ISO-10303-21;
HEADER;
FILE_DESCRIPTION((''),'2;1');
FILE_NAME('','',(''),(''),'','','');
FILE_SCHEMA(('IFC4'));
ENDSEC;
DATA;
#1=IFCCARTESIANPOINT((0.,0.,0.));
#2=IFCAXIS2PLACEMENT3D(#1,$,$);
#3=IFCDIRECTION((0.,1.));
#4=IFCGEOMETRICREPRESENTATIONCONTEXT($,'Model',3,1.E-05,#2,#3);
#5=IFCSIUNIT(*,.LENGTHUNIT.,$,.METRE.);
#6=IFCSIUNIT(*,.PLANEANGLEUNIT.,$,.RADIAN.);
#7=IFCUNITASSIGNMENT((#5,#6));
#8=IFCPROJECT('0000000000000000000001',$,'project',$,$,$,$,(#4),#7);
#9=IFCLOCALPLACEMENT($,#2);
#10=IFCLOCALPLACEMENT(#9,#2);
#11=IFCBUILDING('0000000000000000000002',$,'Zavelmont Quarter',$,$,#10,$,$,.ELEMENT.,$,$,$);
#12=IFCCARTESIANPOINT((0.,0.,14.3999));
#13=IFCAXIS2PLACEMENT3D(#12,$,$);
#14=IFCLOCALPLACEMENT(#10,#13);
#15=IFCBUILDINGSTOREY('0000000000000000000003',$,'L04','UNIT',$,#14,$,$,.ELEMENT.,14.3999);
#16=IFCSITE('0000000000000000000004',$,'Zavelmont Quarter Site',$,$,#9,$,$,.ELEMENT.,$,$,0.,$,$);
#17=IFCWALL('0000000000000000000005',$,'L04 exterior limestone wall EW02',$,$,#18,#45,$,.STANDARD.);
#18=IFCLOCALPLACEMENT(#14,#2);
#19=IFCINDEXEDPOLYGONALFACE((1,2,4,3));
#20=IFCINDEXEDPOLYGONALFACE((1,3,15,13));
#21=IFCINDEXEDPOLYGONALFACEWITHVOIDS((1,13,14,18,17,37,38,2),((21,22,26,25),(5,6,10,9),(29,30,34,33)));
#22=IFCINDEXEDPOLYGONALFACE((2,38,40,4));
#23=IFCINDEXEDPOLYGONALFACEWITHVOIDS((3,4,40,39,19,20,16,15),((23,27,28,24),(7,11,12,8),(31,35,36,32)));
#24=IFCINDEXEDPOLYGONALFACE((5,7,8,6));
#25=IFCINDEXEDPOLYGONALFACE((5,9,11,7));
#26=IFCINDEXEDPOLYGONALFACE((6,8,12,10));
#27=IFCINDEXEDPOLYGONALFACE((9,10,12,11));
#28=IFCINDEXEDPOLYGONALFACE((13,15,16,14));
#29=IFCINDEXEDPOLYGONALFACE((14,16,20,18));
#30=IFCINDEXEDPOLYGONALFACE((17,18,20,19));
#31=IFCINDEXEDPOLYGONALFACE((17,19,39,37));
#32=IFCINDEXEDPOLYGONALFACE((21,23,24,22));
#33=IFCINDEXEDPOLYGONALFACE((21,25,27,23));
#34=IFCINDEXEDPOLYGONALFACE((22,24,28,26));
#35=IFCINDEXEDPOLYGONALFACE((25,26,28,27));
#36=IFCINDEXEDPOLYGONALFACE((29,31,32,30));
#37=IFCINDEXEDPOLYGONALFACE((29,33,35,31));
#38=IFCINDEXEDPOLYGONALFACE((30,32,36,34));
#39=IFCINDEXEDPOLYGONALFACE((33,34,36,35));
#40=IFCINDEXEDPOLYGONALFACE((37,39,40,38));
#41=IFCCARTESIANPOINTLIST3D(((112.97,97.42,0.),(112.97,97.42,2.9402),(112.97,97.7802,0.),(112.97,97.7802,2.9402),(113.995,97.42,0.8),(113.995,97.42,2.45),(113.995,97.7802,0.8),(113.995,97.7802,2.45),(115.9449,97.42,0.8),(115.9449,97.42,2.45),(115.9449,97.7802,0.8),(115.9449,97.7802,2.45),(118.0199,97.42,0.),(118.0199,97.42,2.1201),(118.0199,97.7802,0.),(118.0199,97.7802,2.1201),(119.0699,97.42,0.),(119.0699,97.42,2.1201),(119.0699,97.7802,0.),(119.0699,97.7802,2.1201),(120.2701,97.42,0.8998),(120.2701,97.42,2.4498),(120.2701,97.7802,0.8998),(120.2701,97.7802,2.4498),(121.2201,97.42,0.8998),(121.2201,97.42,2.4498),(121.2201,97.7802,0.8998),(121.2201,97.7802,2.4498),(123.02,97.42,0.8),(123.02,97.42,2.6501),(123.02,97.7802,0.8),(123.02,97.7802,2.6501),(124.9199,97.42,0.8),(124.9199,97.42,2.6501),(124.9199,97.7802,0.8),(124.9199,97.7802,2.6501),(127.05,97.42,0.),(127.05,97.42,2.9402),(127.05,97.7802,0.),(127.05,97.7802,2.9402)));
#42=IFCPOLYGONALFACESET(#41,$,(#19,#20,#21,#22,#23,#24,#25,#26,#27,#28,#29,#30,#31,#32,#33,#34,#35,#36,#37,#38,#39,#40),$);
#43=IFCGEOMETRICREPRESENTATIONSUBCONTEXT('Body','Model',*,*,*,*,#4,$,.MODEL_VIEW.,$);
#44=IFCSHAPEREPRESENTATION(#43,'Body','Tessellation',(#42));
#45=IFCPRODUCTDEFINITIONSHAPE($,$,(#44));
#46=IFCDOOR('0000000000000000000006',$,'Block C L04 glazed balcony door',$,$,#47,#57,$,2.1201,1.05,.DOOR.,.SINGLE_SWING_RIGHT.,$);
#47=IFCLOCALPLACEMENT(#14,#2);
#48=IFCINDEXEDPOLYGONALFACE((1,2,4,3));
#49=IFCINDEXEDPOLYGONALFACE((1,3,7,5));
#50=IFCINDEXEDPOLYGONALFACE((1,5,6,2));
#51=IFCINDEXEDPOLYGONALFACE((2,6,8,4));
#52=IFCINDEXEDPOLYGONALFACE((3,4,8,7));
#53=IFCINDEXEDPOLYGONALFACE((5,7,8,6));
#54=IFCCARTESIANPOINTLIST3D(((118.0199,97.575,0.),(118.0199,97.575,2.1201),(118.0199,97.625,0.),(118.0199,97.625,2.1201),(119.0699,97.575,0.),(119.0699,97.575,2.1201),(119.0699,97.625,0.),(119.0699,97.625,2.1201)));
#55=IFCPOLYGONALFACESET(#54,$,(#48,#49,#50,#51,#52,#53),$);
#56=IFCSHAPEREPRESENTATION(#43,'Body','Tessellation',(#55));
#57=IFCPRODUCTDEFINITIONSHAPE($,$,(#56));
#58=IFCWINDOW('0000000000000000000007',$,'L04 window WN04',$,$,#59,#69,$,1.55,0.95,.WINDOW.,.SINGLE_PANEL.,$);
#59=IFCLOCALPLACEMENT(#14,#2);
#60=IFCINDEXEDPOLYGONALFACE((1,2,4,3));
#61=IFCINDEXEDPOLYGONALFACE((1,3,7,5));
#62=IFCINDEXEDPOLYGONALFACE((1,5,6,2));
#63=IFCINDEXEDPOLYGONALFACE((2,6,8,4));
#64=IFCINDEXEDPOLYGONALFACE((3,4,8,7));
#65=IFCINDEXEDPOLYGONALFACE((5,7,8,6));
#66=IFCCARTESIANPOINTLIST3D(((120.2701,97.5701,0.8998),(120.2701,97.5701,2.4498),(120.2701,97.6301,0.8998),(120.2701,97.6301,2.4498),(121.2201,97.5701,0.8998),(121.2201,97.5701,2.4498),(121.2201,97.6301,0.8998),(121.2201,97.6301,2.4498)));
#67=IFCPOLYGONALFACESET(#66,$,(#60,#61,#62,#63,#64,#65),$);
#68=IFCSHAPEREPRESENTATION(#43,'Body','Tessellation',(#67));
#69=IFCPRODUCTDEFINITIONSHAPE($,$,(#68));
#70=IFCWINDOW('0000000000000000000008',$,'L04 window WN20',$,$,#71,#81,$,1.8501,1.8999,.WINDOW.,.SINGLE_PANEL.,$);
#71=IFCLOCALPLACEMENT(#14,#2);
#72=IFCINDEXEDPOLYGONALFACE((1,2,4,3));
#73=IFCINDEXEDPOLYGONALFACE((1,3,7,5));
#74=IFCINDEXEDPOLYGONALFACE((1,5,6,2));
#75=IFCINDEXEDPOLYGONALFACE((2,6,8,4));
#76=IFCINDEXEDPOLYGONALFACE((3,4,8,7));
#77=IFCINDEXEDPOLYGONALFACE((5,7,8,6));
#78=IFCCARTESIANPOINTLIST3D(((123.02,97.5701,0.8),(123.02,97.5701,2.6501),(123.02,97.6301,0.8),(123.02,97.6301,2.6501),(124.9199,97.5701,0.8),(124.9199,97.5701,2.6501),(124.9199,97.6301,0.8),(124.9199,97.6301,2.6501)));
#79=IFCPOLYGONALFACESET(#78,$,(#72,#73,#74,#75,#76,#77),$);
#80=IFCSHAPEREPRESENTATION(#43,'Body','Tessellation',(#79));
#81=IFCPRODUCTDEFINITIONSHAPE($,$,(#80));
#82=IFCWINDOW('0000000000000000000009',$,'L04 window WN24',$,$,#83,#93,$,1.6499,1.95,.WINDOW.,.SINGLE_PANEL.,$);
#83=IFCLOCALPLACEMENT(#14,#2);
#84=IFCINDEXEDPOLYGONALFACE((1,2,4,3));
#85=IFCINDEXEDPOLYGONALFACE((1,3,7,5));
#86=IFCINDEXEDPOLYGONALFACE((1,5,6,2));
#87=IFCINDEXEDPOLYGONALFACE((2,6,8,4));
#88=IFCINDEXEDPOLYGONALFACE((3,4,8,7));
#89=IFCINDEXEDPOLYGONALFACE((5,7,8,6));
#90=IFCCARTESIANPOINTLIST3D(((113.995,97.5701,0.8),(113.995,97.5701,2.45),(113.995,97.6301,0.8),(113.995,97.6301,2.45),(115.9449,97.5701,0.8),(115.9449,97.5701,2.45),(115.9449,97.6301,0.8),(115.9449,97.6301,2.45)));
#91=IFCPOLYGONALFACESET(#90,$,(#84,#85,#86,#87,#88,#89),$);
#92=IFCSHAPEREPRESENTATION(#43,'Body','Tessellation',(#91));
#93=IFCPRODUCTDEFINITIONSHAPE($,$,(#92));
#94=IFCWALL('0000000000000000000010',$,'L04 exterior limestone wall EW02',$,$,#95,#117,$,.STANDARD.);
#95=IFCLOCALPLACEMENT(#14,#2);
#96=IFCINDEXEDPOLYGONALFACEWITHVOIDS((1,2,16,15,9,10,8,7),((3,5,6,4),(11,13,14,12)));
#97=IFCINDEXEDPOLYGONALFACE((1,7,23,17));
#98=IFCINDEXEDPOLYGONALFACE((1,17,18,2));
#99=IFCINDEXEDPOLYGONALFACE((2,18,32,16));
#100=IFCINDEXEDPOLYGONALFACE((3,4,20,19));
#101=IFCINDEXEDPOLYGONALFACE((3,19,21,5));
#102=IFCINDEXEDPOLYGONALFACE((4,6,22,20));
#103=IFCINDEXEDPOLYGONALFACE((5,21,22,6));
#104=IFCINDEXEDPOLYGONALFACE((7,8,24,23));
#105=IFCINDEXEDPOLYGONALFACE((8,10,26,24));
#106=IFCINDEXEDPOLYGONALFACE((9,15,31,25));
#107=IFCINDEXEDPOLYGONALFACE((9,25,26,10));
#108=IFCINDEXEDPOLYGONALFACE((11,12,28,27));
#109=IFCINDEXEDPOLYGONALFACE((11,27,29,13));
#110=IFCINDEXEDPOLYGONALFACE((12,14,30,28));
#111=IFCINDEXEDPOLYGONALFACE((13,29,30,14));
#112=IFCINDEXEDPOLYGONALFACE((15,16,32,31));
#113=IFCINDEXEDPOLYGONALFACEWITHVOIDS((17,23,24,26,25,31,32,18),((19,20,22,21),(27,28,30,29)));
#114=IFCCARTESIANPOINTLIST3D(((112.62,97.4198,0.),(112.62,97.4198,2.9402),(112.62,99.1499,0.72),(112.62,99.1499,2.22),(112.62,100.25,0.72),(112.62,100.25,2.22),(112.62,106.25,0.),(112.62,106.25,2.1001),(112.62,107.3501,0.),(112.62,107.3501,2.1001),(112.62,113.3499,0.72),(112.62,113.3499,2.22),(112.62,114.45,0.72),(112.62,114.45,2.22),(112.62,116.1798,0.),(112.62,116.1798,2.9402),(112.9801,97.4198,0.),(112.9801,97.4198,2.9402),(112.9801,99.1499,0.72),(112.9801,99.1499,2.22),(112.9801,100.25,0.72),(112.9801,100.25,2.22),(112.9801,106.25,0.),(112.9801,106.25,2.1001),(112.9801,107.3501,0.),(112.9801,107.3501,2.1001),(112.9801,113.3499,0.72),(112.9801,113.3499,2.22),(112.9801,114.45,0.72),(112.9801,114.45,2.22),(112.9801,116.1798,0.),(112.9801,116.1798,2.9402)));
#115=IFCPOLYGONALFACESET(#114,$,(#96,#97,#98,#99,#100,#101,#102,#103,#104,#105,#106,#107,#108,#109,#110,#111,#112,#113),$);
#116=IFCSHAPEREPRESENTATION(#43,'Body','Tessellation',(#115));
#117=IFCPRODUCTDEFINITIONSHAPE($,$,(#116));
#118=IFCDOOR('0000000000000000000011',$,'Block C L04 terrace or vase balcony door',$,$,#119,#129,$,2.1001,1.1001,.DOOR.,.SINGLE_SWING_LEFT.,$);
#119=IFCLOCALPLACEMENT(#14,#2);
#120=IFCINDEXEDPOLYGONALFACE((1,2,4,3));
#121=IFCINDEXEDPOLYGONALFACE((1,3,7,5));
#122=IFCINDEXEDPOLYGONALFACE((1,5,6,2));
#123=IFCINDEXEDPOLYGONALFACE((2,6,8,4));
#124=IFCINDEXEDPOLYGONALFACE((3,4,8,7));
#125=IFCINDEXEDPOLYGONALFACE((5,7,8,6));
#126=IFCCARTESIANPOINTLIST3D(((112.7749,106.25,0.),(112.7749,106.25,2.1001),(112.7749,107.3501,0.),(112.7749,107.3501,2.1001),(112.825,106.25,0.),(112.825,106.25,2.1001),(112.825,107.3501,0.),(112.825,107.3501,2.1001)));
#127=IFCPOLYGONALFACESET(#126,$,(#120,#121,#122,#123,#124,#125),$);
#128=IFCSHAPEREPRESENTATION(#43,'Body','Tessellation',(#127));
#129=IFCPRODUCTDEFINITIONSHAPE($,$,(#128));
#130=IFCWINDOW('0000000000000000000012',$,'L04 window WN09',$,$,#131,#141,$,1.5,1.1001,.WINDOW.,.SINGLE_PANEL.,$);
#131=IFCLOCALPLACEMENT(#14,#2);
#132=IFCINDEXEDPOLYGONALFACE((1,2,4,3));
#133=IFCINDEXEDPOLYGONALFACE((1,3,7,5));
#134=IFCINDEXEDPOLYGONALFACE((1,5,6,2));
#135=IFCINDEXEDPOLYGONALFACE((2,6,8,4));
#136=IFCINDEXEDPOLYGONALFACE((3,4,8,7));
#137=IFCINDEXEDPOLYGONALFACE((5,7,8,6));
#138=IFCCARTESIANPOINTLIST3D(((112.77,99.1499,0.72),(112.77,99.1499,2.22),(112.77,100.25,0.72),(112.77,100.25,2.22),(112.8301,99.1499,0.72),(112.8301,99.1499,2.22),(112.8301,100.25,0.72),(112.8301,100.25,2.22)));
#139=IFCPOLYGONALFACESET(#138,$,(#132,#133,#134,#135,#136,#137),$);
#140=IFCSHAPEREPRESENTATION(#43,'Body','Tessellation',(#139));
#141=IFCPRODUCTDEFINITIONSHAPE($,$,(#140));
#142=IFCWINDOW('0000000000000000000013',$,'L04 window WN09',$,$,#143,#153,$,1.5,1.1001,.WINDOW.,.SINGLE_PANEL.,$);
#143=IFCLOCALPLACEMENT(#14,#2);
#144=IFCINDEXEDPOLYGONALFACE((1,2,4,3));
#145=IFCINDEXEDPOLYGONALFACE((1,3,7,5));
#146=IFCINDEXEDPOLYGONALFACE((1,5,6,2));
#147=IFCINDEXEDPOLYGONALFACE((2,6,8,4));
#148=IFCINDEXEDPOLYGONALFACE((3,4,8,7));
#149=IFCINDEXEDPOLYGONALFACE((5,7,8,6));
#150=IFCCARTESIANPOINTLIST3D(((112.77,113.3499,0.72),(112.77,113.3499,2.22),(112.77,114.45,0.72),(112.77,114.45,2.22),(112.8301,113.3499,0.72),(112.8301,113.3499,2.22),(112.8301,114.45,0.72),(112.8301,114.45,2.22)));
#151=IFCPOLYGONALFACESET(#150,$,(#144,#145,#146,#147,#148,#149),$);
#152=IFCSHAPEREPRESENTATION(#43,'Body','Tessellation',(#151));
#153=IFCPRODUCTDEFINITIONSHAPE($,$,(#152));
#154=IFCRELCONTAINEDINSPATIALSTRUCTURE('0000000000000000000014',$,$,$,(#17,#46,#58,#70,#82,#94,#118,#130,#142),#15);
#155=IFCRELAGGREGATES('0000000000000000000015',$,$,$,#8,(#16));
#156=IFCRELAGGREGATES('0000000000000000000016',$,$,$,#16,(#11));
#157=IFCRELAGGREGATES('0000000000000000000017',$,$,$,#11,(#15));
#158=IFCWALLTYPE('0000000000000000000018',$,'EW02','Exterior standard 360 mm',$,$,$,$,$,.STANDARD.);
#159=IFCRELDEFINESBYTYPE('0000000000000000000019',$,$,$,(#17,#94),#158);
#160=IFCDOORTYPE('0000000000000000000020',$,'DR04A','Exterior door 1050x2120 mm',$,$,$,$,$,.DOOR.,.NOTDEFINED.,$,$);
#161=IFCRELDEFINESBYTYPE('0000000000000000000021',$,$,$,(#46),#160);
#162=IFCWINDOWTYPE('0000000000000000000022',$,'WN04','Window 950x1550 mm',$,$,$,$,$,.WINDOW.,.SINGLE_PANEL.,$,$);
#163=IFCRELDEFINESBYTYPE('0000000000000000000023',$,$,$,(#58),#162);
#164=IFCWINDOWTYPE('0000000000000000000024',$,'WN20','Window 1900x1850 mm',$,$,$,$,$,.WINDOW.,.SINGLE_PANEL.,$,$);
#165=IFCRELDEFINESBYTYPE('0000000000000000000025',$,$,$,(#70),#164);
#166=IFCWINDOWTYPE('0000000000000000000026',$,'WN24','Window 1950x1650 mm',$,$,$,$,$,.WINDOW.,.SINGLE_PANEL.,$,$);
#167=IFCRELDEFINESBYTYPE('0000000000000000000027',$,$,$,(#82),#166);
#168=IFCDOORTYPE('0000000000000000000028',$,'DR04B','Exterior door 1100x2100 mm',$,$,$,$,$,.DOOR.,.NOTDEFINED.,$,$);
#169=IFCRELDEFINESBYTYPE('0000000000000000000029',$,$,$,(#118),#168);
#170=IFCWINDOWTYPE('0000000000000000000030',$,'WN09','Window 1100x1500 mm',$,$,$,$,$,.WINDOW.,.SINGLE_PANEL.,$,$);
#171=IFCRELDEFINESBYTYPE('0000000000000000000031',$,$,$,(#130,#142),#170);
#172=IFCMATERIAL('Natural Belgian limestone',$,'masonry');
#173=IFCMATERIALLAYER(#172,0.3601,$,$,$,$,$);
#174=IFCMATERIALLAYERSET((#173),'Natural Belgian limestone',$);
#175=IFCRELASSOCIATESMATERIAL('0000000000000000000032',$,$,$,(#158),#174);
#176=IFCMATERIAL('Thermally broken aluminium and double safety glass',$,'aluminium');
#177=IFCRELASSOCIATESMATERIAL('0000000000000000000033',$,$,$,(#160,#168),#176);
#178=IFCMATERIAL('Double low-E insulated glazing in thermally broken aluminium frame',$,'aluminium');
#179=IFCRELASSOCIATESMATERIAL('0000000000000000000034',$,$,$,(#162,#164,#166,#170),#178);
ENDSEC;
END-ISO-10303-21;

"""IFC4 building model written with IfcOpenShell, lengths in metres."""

from ifc_helpers import new_model, si_unit, direction, frame, frame_2d, origin, origin_with_axes, place, context, subcontext, project, spatial, rectangle, extrude, material, layer, layer_set, type_object, element, fill, save


model = new_model("IFC4")

# Units and contexts
model_context = context("Model", 3, precision=1e-05, world=origin(), true_north=direction((0.0, 1.0)))
body_context = subcontext(model_context, "Body", "Model", "MODEL_VIEW")
ifc_project = project(units=[si_unit("LENGTHUNIT", "METRE"), si_unit("PLANEANGLEUNIT", "RADIAN")], contexts=[model_context])

# Site, building, storey
site_placement = place(None, origin())
site = spatial("IfcSite", under=ifc_project, at=site_placement, Name="Zavelmont Quarter Site", CompositionType="ELEMENT", RefElevation=0.0)
building_placement = place(site_placement, origin())
building = spatial("IfcBuilding", under=site, at=building_placement, Name="Zavelmont Quarter", CompositionType="ELEMENT")
storey_placement = place(building_placement, frame((0.0, 0.0, 14.3999)))
storey = spatial("IfcBuildingStorey", under=building, at=storey_placement, Name="L04", Description="UNIT", CompositionType="ELEMENT", Elevation=14.3999)

# Walls, openings, doors, windows
ifc_material_1 = material(Name="Natural Belgian limestone", Category="masonry")
ifc_layer_1 = layer(ifc_material_1, 0.3601)
ifc_layer_set_1 = layer_set([ifc_layer_1], Name="Natural Belgian limestone")
wall_type = type_object("IfcWallType", Name="EW02", Description="Exterior standard 360 mm", PredefinedType="STANDARD", material=ifc_layer_set_1)
wall_1_placement = place(storey_placement, frame((112.97, 97.6001, 0.0), z_axis=(0.0, 0.0, 1.0), x_axis=(1.0, 0.0, 0.0)))
wall_1 = element("IfcWall", 1, at=wall_1_placement, inside=storey, type_object=wall_type, Name="L04 exterior limestone wall EW02", PredefinedType="STANDARD", context=body_context, shape_type="SweptSolid", body=[
    extrude(rectangle(XDim=14.0801, YDim=0.3601, at=frame_2d((7.04, 0.0))), origin(), (0.0, 0.0, 1.0), 2.9402),
])
opening_1_placement = place(wall_1_placement, frame((5.05, 0.0, 0.0)))
opening_1 = element("IfcOpeningElement", 2, at=opening_1_placement, cuts=wall_1, PredefinedType="OPENING", context=body_context, shape_type="SweptSolid", body=[
    extrude(rectangle(XDim=1.05, YDim=2.1201, at=frame_2d((0.5249, 1.0601))), frame((0.0, 0.1919, 0.0), z_axis=(0.0, -1.0, 0.0), x_axis=(1.0, 0.0, 0.0)), (0.0, 0.0, 1.0), 0.384),
])
opening_2_placement = place(wall_1_placement, frame((1.0249, 0.0, 0.8)))
opening_2 = element("IfcOpeningElement", 3, at=opening_2_placement, cuts=wall_1, PredefinedType="OPENING", context=body_context, shape_type="SweptSolid", body=[
    extrude(rectangle(XDim=1.95, YDim=1.6499, at=frame_2d((0.9751, 0.825))), frame((0.0, 0.1919, 0.0), z_axis=(0.0, -1.0, 0.0), x_axis=(1.0, 0.0, 0.0)), (0.0, 0.0, 1.0), 0.384),
])
opening_3_placement = place(wall_1_placement, frame((7.3, 0.0, 0.8999)))
opening_3 = element("IfcOpeningElement", 4, at=opening_3_placement, cuts=wall_1, PredefinedType="OPENING", context=body_context, shape_type="SweptSolid", body=[
    extrude(rectangle(XDim=0.95, YDim=1.55, at=frame_2d((0.4751, 0.7749))), frame((0.0, 0.1919, 0.0), z_axis=(0.0, -1.0, 0.0), x_axis=(1.0, 0.0, 0.0)), (0.0, 0.0, 1.0), 0.384),
])
opening_4_placement = place(wall_1_placement, frame((10.05, 0.0, 0.8)))
opening_4 = element("IfcOpeningElement", 5, at=opening_4_placement, cuts=wall_1, PredefinedType="OPENING", context=body_context, shape_type="SweptSolid", body=[
    extrude(rectangle(XDim=1.8999, YDim=1.8501, at=frame_2d((0.95, 0.925))), frame((0.0, 0.1919, 0.0), z_axis=(0.0, -1.0, 0.0), x_axis=(1.0, 0.0, 0.0)), (0.0, 0.0, 1.0), 0.384),
])
ifc_material_2 = material(Name="Thermally broken aluminium and double safety glass", Category="aluminium")
door_type_1 = type_object("IfcDoorType", Name="DR04A", Description="Exterior door 1050x2120 mm", OperationType="NOTDEFINED", PredefinedType="DOOR", material=ifc_material_2)
door_1_placement = place(opening_1_placement, origin_with_axes())
door_1 = element("IfcDoor", 6, at=door_1_placement, inside=storey, type_object=door_type_1, Name="Block C L04 glazed balcony door", OperationType="SINGLE_SWING_RIGHT", OverallHeight=2.1201, OverallWidth=1.05, PredefinedType="DOOR", context=body_context, shape_type="SweptSolid", body=[
    extrude(rectangle(XDim=1.05, YDim=2.1201, at=frame_2d((0.5249, 1.0601))), frame((0.0, 0.0249, 0.0), z_axis=(0.0, -1.0, 0.0), x_axis=(1.0, 0.0, 0.0)), (0.0, 0.0, 1.0), 0.05),
])
fill(opening_1, door_1)
ifc_material_3 = material(Name="Double low-E insulated glazing in thermally broken aluminium frame", Category="aluminium")
window_type_1 = type_object("IfcWindowType", Name="WN04", Description="Window 950x1550 mm", PartitioningType="SINGLE_PANEL", PredefinedType="WINDOW", material=ifc_material_3)
window_1_placement = place(opening_3_placement, origin_with_axes())
window_1 = element("IfcWindow", 7, at=window_1_placement, inside=storey, type_object=window_type_1, Name="L04 window WN04", OverallHeight=1.55, OverallWidth=0.95, PartitioningType="SINGLE_PANEL", PredefinedType="WINDOW", context=body_context, shape_type="SweptSolid", body=[
    extrude(rectangle(XDim=0.95, YDim=1.55, at=frame_2d((0.4751, 0.7749))), frame((0.0, 0.03, 0.0), z_axis=(0.0, -1.0, 0.0), x_axis=(1.0, 0.0, 0.0)), (0.0, 0.0, 1.0), 0.0601),
])
fill(opening_3, window_1)
window_type_2 = type_object("IfcWindowType", Name="WN20", Description="Window 1900x1850 mm", PartitioningType="SINGLE_PANEL", PredefinedType="WINDOW", material=ifc_material_3)
window_2_placement = place(opening_4_placement, origin_with_axes())
window_2 = element("IfcWindow", 8, at=window_2_placement, inside=storey, type_object=window_type_2, Name="L04 window WN20", OverallHeight=1.8501, OverallWidth=1.8999, PartitioningType="SINGLE_PANEL", PredefinedType="WINDOW", context=body_context, shape_type="SweptSolid", body=[
    extrude(rectangle(XDim=1.8999, YDim=1.8501, at=frame_2d((0.95, 0.925))), frame((0.0, 0.03, 0.0), z_axis=(0.0, -1.0, 0.0), x_axis=(1.0, 0.0, 0.0)), (0.0, 0.0, 1.0), 0.0601),
])
fill(opening_4, window_2)
window_type_3 = type_object("IfcWindowType", Name="WN24", Description="Window 1950x1650 mm", PartitioningType="SINGLE_PANEL", PredefinedType="WINDOW", material=ifc_material_3)
window_3_placement = place(opening_2_placement, origin_with_axes())
window_3 = element("IfcWindow", 9, at=window_3_placement, inside=storey, type_object=window_type_3, Name="L04 window WN24", OverallHeight=1.6499, OverallWidth=1.95, PartitioningType="SINGLE_PANEL", PredefinedType="WINDOW", context=body_context, shape_type="SweptSolid", body=[
    extrude(rectangle(XDim=1.95, YDim=1.6499, at=frame_2d((0.9751, 0.825))), frame((0.0, 0.03, 0.0), z_axis=(0.0, -1.0, 0.0), x_axis=(1.0, 0.0, 0.0)), (0.0, 0.0, 1.0), 0.0601),
])
fill(opening_2, window_3)
wall_2_placement = place(storey_placement, frame((112.8, 97.4199, 0.0), z_axis=(0.0, 0.0, 1.0), x_axis=(0.0, 1.0, 0.0)))
wall_2 = element("IfcWall", 10, at=wall_2_placement, inside=storey, type_object=wall_type, Name="L04 exterior limestone wall EW02", PredefinedType="STANDARD", context=body_context, shape_type="SweptSolid", body=[
    extrude(rectangle(XDim=18.76, YDim=0.3601, at=frame_2d((9.3799, 0.0))), origin(), (0.0, 0.0, 1.0), 2.9402),
])
opening_5_placement = place(wall_2_placement, frame((8.8301, 0.0, 0.0)))
opening_5 = element("IfcOpeningElement", 11, at=opening_5_placement, cuts=wall_2, PredefinedType="OPENING", context=body_context, shape_type="SweptSolid", body=[
    extrude(rectangle(XDim=1.1001, YDim=2.1001, at=frame_2d((0.55, 1.05))), frame((0.0, 0.1919, 0.0), z_axis=(0.0, -1.0, 0.0), x_axis=(1.0, 0.0, 0.0)), (0.0, 0.0, 1.0), 0.384),
])
opening_6_placement = place(wall_2_placement, frame((1.73, 0.0, 0.72)))
opening_6 = element("IfcOpeningElement", 12, at=opening_6_placement, cuts=wall_2, PredefinedType="OPENING", context=body_context, shape_type="SweptSolid", body=[
    extrude(rectangle(XDim=1.1001, YDim=1.5, at=frame_2d((0.55, 0.75))), frame((0.0, 0.1919, 0.0), z_axis=(0.0, -1.0, 0.0), x_axis=(1.0, 0.0, 0.0)), (0.0, 0.0, 1.0), 0.384),
])
opening_7_placement = place(wall_2_placement, frame((15.9299, 0.0, 0.72)))
opening_7 = element("IfcOpeningElement", 13, at=opening_7_placement, cuts=wall_2, PredefinedType="OPENING", context=body_context, shape_type="SweptSolid", body=[
    extrude(rectangle(XDim=1.1001, YDim=1.5, at=frame_2d((0.55, 0.75))), frame((0.0, 0.1919, 0.0), z_axis=(0.0, -1.0, 0.0), x_axis=(1.0, 0.0, 0.0)), (0.0, 0.0, 1.0), 0.384),
])
door_type_2 = type_object("IfcDoorType", Name="DR04B", Description="Exterior door 1100x2100 mm", OperationType="NOTDEFINED", PredefinedType="DOOR", material=ifc_material_2)
door_2_placement = place(opening_5_placement, frame((1.1001, 0.0, 0.0), z_axis=(0.0, 0.0, 1.0), x_axis=(-1.0, 0.0, 0.0)))
door_2 = element("IfcDoor", 14, at=door_2_placement, inside=storey, type_object=door_type_2, Name="Block C L04 terrace or vase balcony door", OperationType="SINGLE_SWING_LEFT", OverallHeight=2.1001, OverallWidth=1.1001, PredefinedType="DOOR", context=body_context, shape_type="SweptSolid", body=[
    extrude(rectangle(XDim=1.1001, YDim=2.1001, at=frame_2d((0.55, 1.05))), frame((0.0, 0.0249, 0.0), z_axis=(0.0, -1.0, 0.0), x_axis=(1.0, 0.0, 0.0)), (0.0, 0.0, 1.0), 0.05),
])
fill(opening_5, door_2)
window_type_4 = type_object("IfcWindowType", Name="WN09", Description="Window 1100x1500 mm", PartitioningType="SINGLE_PANEL", PredefinedType="WINDOW", material=ifc_material_3)
window_4_placement = place(opening_6_placement, origin_with_axes())
window_4 = element("IfcWindow", 15, at=window_4_placement, inside=storey, type_object=window_type_4, Name="L04 window WN09", OverallHeight=1.5, OverallWidth=1.1001, PartitioningType="SINGLE_PANEL", PredefinedType="WINDOW", context=body_context, shape_type="SweptSolid", body=[
    extrude(rectangle(XDim=1.1001, YDim=1.5, at=frame_2d((0.55, 0.75))), frame((0.0, 0.03, 0.0), z_axis=(0.0, -1.0, 0.0), x_axis=(1.0, 0.0, 0.0)), (0.0, 0.0, 1.0), 0.0601),
])
fill(opening_6, window_4)
window_5_placement = place(opening_7_placement, origin_with_axes())
window_5 = element("IfcWindow", 16, at=window_5_placement, inside=storey, type_object=window_type_4, Name="L04 window WN09", OverallHeight=1.5, OverallWidth=1.1001, PartitioningType="SINGLE_PANEL", PredefinedType="WINDOW", context=body_context, shape_type="SweptSolid", body=[
    extrude(rectangle(XDim=1.1001, YDim=1.5, at=frame_2d((0.55, 0.75))), frame((0.0, 0.03, 0.0), z_axis=(0.0, -1.0, 0.0), x_axis=(1.0, 0.0, 0.0)), (0.0, 0.0, 1.0), 0.0601),
])
fill(opening_7, window_5)

save(model, "model.ifc")
